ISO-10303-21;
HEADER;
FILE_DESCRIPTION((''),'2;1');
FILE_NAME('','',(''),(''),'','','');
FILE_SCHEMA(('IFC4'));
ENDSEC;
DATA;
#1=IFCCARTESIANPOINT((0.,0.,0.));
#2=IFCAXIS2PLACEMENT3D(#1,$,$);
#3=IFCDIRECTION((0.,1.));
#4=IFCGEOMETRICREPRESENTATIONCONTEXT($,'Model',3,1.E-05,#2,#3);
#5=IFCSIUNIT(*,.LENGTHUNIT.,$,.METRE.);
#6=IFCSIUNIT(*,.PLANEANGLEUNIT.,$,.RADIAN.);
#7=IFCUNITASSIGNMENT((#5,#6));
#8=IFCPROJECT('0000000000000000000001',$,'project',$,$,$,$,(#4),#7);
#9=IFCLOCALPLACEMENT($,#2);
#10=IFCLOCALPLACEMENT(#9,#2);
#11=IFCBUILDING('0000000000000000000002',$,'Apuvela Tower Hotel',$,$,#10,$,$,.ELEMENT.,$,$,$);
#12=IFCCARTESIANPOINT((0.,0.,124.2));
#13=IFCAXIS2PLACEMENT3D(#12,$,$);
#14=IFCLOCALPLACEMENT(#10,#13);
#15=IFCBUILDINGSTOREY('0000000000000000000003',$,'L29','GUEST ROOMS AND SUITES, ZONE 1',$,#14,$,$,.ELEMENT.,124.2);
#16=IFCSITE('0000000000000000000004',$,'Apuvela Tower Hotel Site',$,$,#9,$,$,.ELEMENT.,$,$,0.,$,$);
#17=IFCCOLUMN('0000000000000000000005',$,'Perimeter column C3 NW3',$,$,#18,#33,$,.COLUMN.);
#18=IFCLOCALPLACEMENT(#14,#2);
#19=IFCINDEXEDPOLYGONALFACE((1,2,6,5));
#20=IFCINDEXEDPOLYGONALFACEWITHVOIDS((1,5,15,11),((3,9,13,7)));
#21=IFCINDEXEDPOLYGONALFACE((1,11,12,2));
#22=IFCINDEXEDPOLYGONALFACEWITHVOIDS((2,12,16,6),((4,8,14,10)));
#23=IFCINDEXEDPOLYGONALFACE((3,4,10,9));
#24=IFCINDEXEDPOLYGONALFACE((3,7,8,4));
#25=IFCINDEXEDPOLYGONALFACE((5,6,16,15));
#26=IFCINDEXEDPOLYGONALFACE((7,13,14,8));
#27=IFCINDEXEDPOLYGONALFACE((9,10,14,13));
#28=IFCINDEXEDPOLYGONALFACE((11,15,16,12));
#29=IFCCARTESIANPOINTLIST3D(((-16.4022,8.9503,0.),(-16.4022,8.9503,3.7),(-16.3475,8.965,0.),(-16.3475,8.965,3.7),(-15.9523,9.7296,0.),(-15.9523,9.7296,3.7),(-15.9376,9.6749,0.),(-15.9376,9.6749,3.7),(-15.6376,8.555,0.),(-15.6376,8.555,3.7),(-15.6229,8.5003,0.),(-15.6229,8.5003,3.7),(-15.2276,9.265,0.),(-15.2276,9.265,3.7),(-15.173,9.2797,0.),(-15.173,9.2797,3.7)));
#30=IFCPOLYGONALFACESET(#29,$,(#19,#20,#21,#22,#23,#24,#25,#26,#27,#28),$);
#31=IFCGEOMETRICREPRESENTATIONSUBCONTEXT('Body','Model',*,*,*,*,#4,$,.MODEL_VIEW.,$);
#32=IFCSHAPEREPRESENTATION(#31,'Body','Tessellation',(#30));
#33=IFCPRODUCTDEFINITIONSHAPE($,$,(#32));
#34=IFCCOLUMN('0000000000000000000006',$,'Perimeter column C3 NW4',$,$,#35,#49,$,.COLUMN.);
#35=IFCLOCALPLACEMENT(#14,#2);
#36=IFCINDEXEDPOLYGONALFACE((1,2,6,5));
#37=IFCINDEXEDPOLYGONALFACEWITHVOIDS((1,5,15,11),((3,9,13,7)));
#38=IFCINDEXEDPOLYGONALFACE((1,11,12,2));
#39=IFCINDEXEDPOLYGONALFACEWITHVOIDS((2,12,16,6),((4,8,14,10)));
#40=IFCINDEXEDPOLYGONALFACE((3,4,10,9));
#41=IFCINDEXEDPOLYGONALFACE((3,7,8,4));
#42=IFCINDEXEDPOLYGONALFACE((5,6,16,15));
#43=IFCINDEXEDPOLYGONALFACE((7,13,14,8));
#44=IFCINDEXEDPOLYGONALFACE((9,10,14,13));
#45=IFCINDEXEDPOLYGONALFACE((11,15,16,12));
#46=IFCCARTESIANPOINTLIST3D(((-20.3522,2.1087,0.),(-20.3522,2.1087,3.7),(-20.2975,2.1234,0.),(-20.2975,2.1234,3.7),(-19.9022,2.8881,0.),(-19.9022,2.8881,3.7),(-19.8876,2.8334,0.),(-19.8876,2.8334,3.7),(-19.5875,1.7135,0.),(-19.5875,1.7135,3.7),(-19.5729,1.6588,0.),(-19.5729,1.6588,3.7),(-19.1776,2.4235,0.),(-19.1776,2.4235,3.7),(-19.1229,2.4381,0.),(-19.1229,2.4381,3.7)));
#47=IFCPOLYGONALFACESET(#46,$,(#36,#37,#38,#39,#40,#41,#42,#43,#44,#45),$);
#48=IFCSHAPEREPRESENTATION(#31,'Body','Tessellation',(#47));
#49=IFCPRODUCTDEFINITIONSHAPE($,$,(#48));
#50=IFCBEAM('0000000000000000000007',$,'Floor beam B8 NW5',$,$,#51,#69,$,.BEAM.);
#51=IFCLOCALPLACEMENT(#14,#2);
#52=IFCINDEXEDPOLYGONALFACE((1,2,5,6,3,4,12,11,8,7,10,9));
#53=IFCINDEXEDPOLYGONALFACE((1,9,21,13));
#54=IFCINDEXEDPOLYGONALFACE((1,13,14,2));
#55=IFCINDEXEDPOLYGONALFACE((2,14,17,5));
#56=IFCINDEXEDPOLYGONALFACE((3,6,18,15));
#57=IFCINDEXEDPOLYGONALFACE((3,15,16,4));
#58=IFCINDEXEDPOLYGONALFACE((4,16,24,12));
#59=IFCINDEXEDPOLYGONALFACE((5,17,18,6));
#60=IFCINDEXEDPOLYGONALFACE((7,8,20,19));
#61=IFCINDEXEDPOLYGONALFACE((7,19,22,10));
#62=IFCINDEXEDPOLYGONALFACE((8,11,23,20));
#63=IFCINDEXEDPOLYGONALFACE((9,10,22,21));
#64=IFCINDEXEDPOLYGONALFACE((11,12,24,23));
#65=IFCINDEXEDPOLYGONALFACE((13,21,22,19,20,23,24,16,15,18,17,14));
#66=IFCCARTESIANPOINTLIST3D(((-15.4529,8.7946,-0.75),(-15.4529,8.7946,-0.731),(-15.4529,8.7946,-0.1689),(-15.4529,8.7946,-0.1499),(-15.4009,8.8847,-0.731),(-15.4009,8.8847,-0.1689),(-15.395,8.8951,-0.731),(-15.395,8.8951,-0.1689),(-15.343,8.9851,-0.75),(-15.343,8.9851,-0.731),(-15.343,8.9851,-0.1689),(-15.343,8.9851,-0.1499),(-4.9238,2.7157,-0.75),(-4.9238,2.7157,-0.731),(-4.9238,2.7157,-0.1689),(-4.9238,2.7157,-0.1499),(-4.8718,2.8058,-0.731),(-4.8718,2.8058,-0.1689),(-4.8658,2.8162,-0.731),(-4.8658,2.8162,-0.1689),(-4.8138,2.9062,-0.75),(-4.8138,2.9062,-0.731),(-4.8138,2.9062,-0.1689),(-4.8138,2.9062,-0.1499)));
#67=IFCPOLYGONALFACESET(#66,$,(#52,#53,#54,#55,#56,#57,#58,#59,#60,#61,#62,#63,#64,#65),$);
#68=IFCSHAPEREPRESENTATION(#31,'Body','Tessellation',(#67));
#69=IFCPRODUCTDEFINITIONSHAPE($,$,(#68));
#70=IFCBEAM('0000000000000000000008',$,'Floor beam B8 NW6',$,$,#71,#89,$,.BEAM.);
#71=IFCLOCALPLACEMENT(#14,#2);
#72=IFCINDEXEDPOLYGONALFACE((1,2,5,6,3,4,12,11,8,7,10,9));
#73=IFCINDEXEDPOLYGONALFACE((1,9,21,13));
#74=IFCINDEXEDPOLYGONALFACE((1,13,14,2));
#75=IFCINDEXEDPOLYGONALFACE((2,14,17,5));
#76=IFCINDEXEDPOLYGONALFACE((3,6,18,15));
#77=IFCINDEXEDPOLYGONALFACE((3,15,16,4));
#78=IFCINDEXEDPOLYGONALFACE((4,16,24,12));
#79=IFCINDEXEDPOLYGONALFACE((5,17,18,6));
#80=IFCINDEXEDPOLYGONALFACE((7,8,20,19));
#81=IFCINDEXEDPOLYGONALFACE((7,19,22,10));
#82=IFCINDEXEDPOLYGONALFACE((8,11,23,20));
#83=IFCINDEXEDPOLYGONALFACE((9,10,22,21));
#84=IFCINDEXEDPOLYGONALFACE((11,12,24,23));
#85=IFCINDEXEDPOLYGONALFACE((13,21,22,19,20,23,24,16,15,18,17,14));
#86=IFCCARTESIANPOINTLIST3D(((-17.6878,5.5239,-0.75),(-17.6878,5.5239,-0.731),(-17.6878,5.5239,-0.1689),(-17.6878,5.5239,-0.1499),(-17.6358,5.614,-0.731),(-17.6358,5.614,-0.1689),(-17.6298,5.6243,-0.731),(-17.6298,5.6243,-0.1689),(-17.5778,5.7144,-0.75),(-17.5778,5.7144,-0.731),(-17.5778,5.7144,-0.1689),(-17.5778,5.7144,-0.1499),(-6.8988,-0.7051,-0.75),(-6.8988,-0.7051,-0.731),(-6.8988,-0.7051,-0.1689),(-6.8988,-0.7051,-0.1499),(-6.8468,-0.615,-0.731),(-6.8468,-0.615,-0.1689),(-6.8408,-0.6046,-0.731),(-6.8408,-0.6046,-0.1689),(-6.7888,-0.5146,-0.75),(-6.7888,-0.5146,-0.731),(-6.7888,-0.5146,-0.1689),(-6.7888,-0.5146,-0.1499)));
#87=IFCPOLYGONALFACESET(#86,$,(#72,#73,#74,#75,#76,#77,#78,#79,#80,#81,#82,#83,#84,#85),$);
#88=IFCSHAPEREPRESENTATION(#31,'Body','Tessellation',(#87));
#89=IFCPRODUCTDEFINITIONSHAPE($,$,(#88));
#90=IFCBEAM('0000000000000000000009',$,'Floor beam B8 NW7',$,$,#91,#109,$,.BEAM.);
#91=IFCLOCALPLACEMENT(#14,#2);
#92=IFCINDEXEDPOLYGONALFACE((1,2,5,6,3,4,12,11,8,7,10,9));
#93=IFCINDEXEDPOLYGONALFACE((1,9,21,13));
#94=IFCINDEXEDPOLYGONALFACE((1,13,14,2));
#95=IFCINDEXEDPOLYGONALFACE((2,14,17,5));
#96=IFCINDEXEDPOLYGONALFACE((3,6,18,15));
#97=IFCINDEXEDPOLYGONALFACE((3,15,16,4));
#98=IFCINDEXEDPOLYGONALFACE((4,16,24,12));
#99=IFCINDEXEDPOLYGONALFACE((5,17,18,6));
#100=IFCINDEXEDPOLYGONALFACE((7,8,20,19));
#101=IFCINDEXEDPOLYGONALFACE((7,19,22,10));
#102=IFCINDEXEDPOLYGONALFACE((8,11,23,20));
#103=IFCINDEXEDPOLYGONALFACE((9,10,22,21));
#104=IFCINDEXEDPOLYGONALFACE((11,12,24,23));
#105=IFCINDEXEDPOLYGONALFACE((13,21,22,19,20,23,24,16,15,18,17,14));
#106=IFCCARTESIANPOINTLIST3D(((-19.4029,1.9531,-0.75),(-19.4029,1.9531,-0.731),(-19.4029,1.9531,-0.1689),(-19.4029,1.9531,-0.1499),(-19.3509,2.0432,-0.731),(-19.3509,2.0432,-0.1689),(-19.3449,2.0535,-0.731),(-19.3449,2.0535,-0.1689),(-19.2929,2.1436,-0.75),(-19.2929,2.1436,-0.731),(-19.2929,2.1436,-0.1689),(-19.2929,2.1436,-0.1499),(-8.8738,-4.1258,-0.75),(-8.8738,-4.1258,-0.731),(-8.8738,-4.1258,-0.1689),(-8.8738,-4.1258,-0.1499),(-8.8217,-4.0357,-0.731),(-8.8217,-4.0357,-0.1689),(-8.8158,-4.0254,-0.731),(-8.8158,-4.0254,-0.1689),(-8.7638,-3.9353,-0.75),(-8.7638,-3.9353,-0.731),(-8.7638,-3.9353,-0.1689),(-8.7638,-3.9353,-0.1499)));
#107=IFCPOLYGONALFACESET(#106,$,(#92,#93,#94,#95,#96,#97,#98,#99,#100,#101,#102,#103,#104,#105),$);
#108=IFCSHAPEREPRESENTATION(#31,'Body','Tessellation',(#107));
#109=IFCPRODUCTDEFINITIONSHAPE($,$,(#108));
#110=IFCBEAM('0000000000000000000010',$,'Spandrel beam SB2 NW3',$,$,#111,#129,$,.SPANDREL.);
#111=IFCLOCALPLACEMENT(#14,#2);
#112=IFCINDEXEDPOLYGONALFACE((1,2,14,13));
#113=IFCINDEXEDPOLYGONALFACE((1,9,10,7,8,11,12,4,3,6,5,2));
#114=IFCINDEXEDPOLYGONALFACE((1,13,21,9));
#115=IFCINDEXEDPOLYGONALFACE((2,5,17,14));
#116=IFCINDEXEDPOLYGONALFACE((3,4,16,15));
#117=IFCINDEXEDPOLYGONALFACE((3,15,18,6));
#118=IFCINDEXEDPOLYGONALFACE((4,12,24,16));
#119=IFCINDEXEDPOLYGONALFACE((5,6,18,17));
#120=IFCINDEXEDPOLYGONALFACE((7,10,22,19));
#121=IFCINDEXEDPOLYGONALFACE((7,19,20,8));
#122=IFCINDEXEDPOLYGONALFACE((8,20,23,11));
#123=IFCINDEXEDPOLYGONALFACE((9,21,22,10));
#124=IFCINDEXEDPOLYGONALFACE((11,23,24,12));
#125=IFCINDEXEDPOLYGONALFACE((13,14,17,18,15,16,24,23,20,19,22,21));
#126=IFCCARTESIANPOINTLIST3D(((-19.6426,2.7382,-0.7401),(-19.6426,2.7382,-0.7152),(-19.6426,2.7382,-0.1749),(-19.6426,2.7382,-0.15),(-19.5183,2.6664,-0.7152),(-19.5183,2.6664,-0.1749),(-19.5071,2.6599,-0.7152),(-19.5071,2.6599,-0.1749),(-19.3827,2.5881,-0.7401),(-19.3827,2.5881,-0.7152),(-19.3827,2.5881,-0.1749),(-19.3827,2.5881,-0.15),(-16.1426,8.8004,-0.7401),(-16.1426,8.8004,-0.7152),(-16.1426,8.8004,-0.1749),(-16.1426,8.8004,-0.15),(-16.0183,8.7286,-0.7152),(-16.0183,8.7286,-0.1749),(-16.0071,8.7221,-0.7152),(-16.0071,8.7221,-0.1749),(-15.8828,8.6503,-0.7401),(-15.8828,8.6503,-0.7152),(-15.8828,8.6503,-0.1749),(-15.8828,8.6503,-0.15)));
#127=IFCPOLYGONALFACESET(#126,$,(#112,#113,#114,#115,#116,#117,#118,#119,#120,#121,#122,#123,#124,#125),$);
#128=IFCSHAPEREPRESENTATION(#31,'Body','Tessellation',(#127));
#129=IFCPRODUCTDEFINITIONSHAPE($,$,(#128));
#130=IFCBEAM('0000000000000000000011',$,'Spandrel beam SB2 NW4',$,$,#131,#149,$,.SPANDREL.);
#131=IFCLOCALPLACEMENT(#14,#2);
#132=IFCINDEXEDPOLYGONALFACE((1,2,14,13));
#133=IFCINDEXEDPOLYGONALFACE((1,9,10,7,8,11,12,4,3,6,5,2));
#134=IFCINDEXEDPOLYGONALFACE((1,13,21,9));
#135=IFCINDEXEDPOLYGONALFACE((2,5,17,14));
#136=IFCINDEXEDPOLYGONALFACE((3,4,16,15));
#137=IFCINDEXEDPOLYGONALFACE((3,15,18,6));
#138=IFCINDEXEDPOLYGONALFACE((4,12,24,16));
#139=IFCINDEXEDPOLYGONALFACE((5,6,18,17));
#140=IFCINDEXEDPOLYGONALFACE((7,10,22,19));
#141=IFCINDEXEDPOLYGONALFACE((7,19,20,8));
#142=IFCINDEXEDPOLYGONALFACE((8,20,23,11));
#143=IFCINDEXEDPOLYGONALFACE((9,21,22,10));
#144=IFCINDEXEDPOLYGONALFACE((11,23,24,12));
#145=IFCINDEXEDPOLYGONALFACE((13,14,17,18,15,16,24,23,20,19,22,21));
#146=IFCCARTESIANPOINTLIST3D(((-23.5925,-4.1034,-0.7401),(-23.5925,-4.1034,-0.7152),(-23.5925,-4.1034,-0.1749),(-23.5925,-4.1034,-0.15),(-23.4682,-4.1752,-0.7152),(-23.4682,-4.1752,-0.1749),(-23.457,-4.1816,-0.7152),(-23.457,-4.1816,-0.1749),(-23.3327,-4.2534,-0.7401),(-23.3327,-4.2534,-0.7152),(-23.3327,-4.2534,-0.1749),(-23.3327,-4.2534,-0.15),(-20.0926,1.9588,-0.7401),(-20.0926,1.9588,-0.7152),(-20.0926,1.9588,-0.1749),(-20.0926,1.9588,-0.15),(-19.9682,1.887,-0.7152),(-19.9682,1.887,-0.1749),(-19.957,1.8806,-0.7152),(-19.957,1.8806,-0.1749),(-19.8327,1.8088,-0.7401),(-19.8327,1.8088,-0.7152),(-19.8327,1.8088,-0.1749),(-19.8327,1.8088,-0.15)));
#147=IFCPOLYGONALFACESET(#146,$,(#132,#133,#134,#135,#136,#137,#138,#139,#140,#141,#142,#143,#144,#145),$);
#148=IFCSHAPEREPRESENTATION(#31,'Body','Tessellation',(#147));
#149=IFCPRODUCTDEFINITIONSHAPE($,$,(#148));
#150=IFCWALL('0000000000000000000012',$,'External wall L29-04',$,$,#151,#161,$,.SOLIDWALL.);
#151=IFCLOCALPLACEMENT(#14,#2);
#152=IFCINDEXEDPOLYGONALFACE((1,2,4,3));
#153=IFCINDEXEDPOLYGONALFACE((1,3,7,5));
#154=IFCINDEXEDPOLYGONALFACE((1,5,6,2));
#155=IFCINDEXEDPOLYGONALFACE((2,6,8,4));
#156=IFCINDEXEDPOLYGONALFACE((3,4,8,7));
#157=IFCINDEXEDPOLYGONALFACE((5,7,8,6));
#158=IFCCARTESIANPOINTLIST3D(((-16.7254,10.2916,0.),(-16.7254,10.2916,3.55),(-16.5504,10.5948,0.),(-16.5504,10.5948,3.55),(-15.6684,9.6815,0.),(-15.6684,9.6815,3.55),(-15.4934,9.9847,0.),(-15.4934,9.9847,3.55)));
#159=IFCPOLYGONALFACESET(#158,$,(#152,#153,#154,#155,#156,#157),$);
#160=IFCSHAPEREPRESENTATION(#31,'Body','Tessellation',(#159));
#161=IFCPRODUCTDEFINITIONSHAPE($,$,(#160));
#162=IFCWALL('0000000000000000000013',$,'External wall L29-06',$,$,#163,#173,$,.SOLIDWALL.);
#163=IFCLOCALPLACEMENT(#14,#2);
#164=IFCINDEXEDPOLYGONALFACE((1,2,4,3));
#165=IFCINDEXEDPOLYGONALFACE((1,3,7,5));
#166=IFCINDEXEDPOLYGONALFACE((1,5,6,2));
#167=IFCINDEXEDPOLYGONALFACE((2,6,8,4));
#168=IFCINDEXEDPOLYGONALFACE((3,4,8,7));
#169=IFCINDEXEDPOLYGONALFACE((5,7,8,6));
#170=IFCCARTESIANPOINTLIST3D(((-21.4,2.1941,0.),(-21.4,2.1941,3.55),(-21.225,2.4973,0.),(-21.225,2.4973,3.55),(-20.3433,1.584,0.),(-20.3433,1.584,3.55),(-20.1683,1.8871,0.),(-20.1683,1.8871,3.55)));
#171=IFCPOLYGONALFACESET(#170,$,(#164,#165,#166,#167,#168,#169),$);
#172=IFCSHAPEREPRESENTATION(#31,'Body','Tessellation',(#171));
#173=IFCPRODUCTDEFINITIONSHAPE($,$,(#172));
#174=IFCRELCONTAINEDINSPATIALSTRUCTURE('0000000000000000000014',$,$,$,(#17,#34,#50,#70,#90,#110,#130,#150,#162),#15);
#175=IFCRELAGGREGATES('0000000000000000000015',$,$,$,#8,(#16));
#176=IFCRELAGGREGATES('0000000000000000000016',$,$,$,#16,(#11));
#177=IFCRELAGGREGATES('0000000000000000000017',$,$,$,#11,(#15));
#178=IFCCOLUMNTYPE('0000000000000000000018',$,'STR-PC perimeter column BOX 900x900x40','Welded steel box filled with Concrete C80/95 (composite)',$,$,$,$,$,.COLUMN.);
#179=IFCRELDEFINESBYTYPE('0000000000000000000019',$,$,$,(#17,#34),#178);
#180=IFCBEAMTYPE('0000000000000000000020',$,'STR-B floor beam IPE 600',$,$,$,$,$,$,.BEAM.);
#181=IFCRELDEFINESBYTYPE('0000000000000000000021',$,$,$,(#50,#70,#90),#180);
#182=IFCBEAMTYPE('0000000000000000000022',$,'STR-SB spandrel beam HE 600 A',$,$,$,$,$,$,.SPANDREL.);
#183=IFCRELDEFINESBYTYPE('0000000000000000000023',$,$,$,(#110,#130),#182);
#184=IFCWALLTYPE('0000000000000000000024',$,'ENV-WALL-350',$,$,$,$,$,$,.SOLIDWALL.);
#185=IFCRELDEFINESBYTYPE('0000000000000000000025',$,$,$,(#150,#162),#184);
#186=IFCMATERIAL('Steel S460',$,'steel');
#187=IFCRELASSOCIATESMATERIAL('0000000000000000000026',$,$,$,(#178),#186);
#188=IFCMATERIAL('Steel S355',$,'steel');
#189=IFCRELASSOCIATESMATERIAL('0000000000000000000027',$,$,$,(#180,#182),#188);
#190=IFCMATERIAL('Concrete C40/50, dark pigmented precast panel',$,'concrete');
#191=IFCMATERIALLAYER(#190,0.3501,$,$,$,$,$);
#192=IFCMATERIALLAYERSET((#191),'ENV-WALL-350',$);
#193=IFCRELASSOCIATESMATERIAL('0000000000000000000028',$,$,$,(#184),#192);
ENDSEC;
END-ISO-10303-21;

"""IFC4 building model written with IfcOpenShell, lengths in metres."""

from ifc_helpers import new_model, si_unit, direction, frame, frame_2d, origin, origin_2d, place, context, subcontext, project, spatial, rectangle, hollow_rectangle, i_section, extrude, material, layer, layer_set, material_profile, profile_set, type_object, element, save


model = new_model("IFC4")

# Units and contexts
model_context = context("Model", 3, precision=1e-05, world=origin(), true_north=direction((0.0, 1.0)))
body_context = subcontext(model_context, "Body", "Model", "MODEL_VIEW")
ifc_project = project(units=[si_unit("LENGTHUNIT", "METRE"), si_unit("PLANEANGLEUNIT", "RADIAN")], contexts=[model_context])

# Site, building, storey
site_placement = place(None, origin())
site = spatial("IfcSite", under=ifc_project, at=site_placement, Name="Apuvela Tower Hotel Site", CompositionType="ELEMENT", RefElevation=0.0)
building_placement = place(site_placement, origin())
building = spatial("IfcBuilding", under=site, at=building_placement, Name="Apuvela Tower Hotel", CompositionType="ELEMENT")
storey_placement = place(building_placement, frame((0.0, 0.0, 124.2)))
storey = spatial("IfcBuildingStorey", under=building, at=storey_placement, Name="L29", Description="GUEST ROOMS AND SUITES, ZONE 1", CompositionType="ELEMENT", Elevation=124.2)

# Columns
ifc_material_1 = material(Name="Steel S460", Category="steel")
ifc_material_profile_1 = material_profile(ifc_material_1, hollow_rectangle(XDim=0.8999, YDim=0.8999, WallThickness=0.04, at=origin_2d()), Name="BOX 900x900x40")
ifc_material_2 = material(Name="Concrete C80/95", Category="concrete")
ifc_material_profile_2 = material_profile(ifc_material_2, rectangle(XDim=0.8201, YDim=0.8201, at=origin_2d()), Name="Concrete C80/95 infill")
ifc_profile_set_1 = profile_set([ifc_material_profile_1, ifc_material_profile_2], Name="Steel S460")
column_type = type_object("IfcColumnType", Name="STR-PC perimeter column BOX 900x900x40", Description="Welded steel box filled with Concrete C80/95 (composite)", PredefinedType="COLUMN", material=ifc_profile_set_1)
for number, where, z_axis, x_axis, name in (
    (1, (-15.7876, 9.115, 0.0), (0.0, 0.0, 1.0), (0.5, 0.866025, 0.0), "Perimeter column C3 NW3"),
    (2, (-19.7375, 2.2734, 0.0), (0.0, 0.0, 1.0), (0.5, 0.866025, 0.0), "Perimeter column C3 NW4"),
):
    element("IfcColumn", number, at=place(storey_placement, frame(where, z_axis=z_axis, x_axis=x_axis)), inside=storey, type_object=column_type, Name=name, PredefinedType="COLUMN", context=body_context, shape_type="SweptSolid", body=[
        extrude(hollow_rectangle(XDim=0.8999, YDim=0.8999, WallThickness=0.04, at=origin_2d()), origin(), (0.0, 0.0, 1.0), 3.7),
    ])

# Beams
ifc_material_3 = material(Name="Steel S355", Category="steel")
ifc_material_profile_3 = material_profile(ifc_material_3, i_section(OverallWidth=0.22, OverallDepth=0.6001, WebThickness=0.012, FlangeThickness=0.019, at=origin_2d()), Name="IPE 600")
ifc_profile_set_2 = profile_set([ifc_material_profile_3], Name="Steel S355")
beam_type_1 = type_object("IfcBeamType", Name="STR-B floor beam IPE 600", PredefinedType="BEAM", material=ifc_profile_set_2)
beam_1_placement = place(storey_placement, frame((-15.3979, 8.8899, -0.45), z_axis=(0.866029, -0.499994, 0.0), x_axis=(0.499994, 0.866029, 0.0)))
element("IfcBeam", 3, at=beam_1_placement, inside=storey, type_object=beam_type_1, Name="Floor beam B8 NW5", PredefinedType="BEAM", context=body_context, shape_type="SweptSolid", body=[
    extrude(i_section(OverallWidth=0.22, OverallDepth=0.6001, WebThickness=0.012, FlangeThickness=0.019, at=origin_2d()), origin(), (0.0, 0.0, 1.0), 12.158),
])
beam_2_placement = place(storey_placement, frame((-17.6328, 5.6191, -0.45), z_axis=(0.866028, -0.499996, 0.0), x_axis=(0.499996, 0.866028, 0.0)))
element("IfcBeam", 4, at=beam_2_placement, inside=storey, type_object=beam_type_1, Name="Floor beam B8 NW6", PredefinedType="BEAM", context=body_context, shape_type="SweptSolid", body=[
    extrude(i_section(OverallWidth=0.22, OverallDepth=0.6001, WebThickness=0.012, FlangeThickness=0.019, at=origin_2d()), origin(), (0.0, 0.0, 1.0), 12.458),
])
beam_3_placement = place(storey_placement, frame((-19.3479, 2.0483, -0.45), z_axis=(0.866029, -0.499994, 0.0), x_axis=(0.499994, 0.866029, 0.0)))
element("IfcBeam", 5, at=beam_3_placement, inside=storey, type_object=beam_type_1, Name="Floor beam B8 NW7", PredefinedType="BEAM", context=body_context, shape_type="SweptSolid", body=[
    extrude(i_section(OverallWidth=0.22, OverallDepth=0.6001, WebThickness=0.012, FlangeThickness=0.019, at=origin_2d()), origin(), (0.0, 0.0, 1.0), 12.158),
])
ifc_material_profile_4 = material_profile(ifc_material_3, i_section(OverallWidth=0.3, OverallDepth=0.5901, WebThickness=0.0129, FlangeThickness=0.0249, at=origin_2d()), Name="HE 600 A")
ifc_profile_set_3 = profile_set([ifc_material_profile_4], Name="Steel S355")
beam_type_2 = type_object("IfcBeamType", Name="STR-SB spandrel beam HE 600 A", PredefinedType="SPANDREL", material=ifc_profile_set_3)
for number, where, z_axis, x_axis, name in (
    (6, (-16.0127, 8.7253, -0.4451), (-0.499995, -0.866028, 0.0), (0.866028, -0.499995, 0.0), "Spandrel beam SB2 NW3"),
    (7, (-19.9626, 1.8838, -0.4451), (-0.499995, -0.866028, 0.0), (0.866028, -0.499995, 0.0), "Spandrel beam SB2 NW4"),
):
    element("IfcBeam", number, at=place(storey_placement, frame(where, z_axis=z_axis, x_axis=x_axis)), inside=storey, type_object=beam_type_2, Name=name, PredefinedType="SPANDREL", context=body_context, shape_type="SweptSolid", body=[
        extrude(i_section(OverallWidth=0.3, OverallDepth=0.5901, WebThickness=0.0129, FlangeThickness=0.0249, at=origin_2d()), origin(), (0.0, 0.0, 1.0), 7.0),
    ])

# Wall
ifc_material_4 = material(Name="Concrete C40/50, dark pigmented precast panel", Category="concrete")
ifc_layer_1 = layer(ifc_material_4, 0.3501)
ifc_layer_set_1 = layer_set([ifc_layer_1], Name="ENV-WALL-350")
wall_type_1 = type_object("IfcWallType", Name="ENV-WALL-350", PredefinedType="SOLIDWALL", material=ifc_layer_set_1)
wall_1_placement = place(storey_placement, frame((-15.5808, 9.833, 0.0), z_axis=(0.0, 0.0, 1.0), x_axis=(-0.866056, 0.499948, 0.0)))
element("IfcWall", 8, at=wall_1_placement, inside=storey, type_object=wall_type_1, Name="External wall L29-04", PredefinedType="SOLIDWALL", context=body_context, shape_type="SweptSolid", body=[
    extrude(rectangle(XDim=1.2205, YDim=0.3501, at=frame_2d((0.6104, 0.0))), origin(), (0.0, 0.0, 1.0), 3.55),
])

# Wall
wall_2_placement = place(storey_placement, frame((-21.3125, 2.3457, 0.0), z_axis=(0.0, 0.0, 1.0), x_axis=(0.866006, -0.500034, 0.0)))
element("IfcWall", 9, at=wall_2_placement, inside=storey, type_object=wall_type_1, Name="External wall L29-06", PredefinedType="SOLIDWALL", context=body_context, shape_type="SweptSolid", body=[
    extrude(rectangle(XDim=1.2202, YDim=0.3501, at=frame_2d((0.6101, 0.0))), origin(), (0.0, 0.0, 1.0), 3.55),
])

save(model, "model.ifc")
